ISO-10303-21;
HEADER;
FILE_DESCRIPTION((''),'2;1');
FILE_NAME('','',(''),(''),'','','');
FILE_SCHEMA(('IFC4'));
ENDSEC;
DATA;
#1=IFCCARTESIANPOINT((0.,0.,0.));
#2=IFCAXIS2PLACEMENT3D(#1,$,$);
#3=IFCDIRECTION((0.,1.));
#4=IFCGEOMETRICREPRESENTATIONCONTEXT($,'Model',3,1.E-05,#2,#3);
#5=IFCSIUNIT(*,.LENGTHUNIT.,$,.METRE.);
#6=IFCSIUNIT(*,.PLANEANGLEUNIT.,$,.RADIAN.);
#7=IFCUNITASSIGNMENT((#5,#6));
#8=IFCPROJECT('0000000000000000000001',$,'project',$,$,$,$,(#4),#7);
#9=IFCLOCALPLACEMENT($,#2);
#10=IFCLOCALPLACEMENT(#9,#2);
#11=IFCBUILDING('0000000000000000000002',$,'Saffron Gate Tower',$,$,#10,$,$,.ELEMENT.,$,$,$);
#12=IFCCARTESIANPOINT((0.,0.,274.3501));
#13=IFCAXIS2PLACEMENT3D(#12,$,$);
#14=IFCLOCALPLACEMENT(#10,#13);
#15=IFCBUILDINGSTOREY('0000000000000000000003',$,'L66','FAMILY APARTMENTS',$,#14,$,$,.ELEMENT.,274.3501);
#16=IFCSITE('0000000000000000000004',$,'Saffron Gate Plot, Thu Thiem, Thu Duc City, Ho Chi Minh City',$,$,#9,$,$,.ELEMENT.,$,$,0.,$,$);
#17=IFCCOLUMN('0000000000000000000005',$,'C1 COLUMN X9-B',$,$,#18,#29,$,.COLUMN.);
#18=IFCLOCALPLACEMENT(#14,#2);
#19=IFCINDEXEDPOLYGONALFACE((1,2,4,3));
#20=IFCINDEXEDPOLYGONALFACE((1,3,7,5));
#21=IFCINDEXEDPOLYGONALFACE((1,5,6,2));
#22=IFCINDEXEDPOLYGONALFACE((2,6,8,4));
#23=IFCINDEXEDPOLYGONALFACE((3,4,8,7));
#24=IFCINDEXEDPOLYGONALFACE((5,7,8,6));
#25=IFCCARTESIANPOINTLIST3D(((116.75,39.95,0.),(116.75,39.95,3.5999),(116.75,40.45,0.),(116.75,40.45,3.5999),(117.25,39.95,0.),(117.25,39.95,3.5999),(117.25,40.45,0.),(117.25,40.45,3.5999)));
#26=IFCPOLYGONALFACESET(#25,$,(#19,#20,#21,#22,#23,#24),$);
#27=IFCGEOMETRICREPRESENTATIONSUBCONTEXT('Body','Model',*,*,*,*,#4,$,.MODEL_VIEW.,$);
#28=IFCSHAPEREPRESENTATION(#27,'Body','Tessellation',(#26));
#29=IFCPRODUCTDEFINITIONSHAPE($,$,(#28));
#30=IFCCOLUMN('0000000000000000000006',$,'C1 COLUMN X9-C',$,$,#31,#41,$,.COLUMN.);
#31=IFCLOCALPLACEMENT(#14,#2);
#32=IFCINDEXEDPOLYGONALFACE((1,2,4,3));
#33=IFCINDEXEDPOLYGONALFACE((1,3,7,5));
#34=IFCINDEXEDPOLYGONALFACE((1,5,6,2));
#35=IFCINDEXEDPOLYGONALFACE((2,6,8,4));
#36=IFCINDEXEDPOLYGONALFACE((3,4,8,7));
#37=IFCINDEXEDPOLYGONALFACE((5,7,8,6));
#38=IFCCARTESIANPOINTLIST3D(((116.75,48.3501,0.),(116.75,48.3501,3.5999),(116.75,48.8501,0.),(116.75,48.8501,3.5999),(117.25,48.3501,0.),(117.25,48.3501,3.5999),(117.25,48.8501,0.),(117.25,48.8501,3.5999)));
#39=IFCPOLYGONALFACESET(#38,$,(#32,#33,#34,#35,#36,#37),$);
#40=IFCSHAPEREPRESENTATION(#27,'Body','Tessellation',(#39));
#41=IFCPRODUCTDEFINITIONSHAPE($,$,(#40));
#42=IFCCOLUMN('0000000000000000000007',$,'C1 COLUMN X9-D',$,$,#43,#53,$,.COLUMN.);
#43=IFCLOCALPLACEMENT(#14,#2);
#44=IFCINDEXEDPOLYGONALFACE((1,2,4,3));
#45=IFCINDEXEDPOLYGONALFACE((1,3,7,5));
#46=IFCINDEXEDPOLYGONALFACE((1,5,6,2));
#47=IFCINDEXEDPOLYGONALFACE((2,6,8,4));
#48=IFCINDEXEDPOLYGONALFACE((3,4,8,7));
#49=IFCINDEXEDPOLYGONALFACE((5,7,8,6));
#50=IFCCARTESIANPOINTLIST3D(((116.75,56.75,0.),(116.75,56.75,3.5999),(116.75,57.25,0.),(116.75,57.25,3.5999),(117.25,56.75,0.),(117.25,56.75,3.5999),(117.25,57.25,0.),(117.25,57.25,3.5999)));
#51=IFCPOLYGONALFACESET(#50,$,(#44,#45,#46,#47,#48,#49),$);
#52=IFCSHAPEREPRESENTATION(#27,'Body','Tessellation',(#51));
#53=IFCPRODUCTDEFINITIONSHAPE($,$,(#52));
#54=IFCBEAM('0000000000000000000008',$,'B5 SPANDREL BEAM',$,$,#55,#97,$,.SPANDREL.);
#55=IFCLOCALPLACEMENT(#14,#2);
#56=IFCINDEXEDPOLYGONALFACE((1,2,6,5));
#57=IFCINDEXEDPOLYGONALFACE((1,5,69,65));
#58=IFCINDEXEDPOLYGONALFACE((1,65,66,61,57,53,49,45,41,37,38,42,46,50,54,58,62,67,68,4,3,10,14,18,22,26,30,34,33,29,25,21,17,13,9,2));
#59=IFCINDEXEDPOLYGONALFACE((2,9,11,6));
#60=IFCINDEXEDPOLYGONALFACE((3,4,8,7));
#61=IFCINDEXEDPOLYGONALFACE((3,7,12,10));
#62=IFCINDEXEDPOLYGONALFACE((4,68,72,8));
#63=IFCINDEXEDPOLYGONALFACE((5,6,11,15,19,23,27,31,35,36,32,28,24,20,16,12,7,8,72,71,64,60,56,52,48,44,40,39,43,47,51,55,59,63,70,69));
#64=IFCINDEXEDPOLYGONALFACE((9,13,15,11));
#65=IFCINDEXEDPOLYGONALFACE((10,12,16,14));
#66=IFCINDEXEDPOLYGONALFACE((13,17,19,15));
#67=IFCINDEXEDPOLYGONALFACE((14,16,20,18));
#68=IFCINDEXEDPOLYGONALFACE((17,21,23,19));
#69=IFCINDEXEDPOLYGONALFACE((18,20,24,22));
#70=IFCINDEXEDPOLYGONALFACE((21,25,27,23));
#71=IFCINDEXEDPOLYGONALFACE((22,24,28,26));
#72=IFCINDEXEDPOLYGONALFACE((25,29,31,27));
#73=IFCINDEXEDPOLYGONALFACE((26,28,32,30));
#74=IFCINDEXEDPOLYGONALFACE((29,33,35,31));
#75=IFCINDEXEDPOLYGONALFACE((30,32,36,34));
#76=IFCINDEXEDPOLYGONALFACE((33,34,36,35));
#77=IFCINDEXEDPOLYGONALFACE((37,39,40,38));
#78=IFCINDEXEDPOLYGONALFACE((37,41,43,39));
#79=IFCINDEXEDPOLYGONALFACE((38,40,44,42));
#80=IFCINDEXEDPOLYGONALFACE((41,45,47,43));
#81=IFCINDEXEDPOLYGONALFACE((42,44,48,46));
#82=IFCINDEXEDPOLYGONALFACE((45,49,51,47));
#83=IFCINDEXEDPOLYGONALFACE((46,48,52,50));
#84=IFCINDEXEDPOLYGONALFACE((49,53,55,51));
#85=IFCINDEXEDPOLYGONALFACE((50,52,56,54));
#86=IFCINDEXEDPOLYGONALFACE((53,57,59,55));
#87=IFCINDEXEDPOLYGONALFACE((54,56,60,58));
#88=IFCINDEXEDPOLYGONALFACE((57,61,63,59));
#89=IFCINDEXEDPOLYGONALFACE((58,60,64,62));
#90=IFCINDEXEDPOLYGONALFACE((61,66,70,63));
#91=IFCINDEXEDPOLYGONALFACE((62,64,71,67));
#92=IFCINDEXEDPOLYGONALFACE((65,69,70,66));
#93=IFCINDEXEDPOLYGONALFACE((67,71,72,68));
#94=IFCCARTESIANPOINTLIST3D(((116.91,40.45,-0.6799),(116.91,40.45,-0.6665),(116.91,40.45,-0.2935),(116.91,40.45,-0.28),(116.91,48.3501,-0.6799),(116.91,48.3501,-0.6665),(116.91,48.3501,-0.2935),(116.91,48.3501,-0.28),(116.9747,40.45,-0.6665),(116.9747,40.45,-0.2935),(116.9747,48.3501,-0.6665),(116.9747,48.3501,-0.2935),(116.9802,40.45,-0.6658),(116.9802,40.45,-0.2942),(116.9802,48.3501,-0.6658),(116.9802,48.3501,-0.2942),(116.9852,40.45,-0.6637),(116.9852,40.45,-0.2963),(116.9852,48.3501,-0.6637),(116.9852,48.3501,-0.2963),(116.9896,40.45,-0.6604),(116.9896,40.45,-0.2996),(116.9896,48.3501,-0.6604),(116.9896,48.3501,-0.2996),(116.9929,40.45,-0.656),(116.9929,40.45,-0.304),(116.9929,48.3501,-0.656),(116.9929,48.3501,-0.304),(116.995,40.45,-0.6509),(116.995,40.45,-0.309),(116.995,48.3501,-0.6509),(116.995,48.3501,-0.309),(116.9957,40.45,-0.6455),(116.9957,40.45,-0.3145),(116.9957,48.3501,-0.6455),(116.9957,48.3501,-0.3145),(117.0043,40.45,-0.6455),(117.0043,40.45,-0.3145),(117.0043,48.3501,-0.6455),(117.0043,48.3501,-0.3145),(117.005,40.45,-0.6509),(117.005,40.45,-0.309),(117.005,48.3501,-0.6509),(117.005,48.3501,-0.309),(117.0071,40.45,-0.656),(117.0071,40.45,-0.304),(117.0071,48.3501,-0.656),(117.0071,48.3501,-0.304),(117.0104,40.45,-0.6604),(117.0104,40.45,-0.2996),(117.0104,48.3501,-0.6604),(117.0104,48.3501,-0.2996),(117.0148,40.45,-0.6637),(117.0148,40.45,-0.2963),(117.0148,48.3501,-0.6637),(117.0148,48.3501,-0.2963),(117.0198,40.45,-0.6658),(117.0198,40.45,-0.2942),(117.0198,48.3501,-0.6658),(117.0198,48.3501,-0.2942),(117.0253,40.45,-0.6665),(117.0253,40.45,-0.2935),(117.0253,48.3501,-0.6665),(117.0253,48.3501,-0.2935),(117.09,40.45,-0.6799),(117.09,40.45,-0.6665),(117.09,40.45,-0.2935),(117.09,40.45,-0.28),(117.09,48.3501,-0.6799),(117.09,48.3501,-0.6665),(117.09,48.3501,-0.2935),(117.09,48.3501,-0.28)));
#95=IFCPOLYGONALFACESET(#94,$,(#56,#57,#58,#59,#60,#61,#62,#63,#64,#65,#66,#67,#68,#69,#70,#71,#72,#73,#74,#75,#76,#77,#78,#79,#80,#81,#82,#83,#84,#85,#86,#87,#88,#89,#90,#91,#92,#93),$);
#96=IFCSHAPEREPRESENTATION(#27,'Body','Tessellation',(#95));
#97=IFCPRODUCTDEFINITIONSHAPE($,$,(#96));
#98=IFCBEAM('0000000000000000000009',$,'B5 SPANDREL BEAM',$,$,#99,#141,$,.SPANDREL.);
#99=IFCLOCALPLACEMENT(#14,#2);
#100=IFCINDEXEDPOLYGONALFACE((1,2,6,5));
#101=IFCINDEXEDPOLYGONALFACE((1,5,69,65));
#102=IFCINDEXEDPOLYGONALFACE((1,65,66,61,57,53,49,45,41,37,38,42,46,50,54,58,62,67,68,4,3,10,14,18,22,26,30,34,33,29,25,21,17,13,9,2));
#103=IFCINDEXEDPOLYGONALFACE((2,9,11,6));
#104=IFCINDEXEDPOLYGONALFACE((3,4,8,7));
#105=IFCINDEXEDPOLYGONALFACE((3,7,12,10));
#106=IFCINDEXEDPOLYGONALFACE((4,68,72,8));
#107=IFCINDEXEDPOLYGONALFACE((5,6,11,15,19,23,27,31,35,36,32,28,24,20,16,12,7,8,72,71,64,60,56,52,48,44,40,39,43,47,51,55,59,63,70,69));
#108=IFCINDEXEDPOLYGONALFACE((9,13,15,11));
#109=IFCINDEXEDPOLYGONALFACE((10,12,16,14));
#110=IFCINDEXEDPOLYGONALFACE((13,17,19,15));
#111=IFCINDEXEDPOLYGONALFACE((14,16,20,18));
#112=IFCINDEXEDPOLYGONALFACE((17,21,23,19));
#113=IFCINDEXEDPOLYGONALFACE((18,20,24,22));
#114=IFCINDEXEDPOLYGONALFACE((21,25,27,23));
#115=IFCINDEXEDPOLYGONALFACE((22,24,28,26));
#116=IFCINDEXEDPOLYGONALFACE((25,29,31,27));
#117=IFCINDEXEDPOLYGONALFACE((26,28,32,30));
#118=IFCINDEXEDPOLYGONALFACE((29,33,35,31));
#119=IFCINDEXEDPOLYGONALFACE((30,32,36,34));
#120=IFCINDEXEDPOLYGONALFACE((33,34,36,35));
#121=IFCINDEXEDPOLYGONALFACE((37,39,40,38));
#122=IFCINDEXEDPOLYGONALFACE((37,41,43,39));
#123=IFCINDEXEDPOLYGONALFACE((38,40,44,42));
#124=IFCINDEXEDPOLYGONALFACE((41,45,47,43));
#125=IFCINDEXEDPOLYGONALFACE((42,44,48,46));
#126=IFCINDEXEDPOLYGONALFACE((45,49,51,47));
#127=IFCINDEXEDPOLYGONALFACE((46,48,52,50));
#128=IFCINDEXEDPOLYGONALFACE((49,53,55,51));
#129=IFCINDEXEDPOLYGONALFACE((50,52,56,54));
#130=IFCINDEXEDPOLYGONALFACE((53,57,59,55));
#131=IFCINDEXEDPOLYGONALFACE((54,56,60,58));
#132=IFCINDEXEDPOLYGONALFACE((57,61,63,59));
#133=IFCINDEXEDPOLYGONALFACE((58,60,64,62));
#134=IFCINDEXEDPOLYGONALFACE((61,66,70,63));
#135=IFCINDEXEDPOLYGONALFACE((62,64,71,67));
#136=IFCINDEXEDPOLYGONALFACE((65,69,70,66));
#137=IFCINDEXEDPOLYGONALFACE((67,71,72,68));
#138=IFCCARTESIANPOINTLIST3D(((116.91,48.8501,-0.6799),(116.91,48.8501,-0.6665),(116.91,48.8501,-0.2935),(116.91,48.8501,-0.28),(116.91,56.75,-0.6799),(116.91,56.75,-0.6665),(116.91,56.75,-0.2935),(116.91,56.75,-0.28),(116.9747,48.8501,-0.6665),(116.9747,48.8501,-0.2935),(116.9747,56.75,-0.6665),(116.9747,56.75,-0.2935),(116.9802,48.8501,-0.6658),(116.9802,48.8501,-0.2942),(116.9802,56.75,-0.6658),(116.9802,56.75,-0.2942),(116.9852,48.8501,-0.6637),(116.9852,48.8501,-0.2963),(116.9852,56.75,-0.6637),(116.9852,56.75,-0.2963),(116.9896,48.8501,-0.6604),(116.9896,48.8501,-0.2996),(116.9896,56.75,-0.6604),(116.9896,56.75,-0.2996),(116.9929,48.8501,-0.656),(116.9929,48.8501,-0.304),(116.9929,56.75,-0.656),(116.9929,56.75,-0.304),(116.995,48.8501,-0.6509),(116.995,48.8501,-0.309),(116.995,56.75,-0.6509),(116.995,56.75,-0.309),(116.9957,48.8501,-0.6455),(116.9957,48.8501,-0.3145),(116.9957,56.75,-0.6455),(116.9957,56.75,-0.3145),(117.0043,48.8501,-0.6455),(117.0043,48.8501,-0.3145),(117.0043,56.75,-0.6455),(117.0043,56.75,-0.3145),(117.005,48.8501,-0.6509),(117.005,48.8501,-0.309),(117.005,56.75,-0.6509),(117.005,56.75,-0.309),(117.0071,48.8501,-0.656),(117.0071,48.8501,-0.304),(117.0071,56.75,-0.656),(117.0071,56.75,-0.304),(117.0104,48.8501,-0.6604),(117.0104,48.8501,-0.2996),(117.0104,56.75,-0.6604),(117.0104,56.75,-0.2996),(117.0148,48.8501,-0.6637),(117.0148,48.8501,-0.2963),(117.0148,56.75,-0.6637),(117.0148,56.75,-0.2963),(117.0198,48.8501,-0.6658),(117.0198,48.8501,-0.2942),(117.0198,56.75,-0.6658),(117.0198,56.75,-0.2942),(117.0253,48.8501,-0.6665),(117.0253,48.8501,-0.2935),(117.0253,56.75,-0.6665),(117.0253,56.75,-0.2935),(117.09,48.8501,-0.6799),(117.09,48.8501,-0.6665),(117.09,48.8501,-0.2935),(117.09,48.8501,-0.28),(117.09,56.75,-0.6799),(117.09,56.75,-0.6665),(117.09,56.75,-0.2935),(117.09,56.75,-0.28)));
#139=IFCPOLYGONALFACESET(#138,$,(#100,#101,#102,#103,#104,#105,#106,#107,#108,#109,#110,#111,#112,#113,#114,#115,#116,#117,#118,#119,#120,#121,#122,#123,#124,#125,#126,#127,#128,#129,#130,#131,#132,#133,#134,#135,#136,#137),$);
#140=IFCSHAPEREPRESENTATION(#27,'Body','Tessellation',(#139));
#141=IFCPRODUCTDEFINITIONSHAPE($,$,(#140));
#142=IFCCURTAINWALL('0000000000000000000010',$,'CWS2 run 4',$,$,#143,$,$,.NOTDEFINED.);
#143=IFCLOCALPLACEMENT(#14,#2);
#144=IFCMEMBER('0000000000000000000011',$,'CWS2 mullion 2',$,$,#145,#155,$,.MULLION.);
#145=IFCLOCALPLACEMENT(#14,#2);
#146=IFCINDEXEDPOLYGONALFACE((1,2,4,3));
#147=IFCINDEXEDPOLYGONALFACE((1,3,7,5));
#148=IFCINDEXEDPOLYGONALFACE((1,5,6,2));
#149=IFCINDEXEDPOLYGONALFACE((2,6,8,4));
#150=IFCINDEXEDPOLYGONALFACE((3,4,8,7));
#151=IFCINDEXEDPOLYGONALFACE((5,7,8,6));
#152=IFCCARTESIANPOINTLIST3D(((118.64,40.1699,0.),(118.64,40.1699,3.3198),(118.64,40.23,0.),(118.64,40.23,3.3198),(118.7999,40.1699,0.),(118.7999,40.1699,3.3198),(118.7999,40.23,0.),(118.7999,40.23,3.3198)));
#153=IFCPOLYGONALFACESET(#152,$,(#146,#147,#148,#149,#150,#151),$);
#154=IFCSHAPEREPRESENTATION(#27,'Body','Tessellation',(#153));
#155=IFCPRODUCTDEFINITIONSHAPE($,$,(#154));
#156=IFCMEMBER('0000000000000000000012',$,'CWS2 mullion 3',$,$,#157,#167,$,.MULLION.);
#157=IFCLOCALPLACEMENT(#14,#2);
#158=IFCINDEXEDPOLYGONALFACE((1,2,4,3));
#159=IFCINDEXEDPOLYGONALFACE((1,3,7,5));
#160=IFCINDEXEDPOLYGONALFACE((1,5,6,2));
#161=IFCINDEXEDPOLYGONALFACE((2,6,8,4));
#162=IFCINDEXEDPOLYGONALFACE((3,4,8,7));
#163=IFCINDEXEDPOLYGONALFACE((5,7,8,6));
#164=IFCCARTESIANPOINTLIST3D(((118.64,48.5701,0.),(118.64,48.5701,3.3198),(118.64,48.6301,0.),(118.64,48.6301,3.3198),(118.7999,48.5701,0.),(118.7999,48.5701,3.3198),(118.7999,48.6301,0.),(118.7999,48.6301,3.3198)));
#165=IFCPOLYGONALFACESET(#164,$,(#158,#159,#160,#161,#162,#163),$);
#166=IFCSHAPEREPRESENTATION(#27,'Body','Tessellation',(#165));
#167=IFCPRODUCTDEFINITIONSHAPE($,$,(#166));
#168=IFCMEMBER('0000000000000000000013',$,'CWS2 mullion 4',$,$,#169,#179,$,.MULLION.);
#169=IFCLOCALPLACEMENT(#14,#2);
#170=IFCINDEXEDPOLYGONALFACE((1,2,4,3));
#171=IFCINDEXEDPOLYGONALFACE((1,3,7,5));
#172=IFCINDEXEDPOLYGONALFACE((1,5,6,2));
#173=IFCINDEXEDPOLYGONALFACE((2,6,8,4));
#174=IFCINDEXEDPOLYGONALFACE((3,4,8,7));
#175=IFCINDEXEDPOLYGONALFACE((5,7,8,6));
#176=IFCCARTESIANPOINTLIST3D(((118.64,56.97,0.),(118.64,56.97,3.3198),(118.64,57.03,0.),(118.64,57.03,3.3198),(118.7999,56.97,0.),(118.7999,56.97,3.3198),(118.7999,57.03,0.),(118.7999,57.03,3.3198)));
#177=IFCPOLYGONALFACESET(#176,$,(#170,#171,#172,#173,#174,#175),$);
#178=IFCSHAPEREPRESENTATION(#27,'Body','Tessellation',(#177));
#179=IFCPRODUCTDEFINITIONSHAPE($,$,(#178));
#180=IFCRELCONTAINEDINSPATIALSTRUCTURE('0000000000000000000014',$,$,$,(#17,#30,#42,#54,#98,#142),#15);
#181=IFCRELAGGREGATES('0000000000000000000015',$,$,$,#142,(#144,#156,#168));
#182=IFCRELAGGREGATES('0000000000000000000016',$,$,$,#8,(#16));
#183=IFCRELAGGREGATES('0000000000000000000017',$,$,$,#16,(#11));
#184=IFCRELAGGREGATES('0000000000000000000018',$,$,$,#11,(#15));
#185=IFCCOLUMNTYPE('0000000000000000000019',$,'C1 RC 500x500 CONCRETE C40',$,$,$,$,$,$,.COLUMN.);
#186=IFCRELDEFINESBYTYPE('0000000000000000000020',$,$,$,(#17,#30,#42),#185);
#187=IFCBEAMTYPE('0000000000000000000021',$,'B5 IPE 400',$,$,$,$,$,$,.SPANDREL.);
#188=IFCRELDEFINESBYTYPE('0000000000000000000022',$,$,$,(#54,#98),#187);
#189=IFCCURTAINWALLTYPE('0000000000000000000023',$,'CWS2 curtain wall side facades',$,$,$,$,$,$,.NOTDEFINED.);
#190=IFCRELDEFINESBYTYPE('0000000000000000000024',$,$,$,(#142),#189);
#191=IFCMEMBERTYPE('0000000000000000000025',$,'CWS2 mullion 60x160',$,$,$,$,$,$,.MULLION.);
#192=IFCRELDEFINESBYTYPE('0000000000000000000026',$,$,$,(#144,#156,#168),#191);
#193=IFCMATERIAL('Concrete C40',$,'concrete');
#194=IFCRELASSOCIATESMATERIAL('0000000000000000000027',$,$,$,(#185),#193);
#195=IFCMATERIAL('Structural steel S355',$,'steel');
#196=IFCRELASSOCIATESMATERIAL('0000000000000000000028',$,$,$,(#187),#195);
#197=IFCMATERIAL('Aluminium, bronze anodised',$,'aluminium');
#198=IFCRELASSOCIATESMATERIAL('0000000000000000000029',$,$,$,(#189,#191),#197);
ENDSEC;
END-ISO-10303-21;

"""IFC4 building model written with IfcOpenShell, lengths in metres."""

from ifc_helpers import new_model, si_unit, direction, frame, origin, origin_2d, place, context, subcontext, project, spatial, rectangle, i_section, extrude, material, material_profile, profile_set, type_object, element, aggregate, save


model = new_model("IFC4")

# Units and contexts
model_context = context("Model", 3, precision=1e-05, world=origin(), true_north=direction((0.0, 1.0)))
body_context = subcontext(model_context, "Body", "Model", "MODEL_VIEW")
ifc_project = project(units=[si_unit("LENGTHUNIT", "METRE"), si_unit("PLANEANGLEUNIT", "RADIAN")], contexts=[model_context])

# Site, building, storey
site_placement = place(None, origin())
site = spatial("IfcSite", under=ifc_project, at=site_placement, Name="Saffron Gate Plot, Thu Thiem, Thu Duc City, Ho Chi Minh City", CompositionType="ELEMENT", RefElevation=0.0)
building_placement = place(site_placement, origin())
building = spatial("IfcBuilding", under=site, at=building_placement, Name="Saffron Gate Tower", CompositionType="ELEMENT")
storey_placement = place(building_placement, frame((0.0, 0.0, 274.3501)))
storey = spatial("IfcBuildingStorey", under=building, at=storey_placement, Name="L66", Description="FAMILY APARTMENTS", CompositionType="ELEMENT", Elevation=274.3501)

# Columns
ifc_material_1 = material(Name="Concrete C40", Category="concrete")
ifc_material_profile_1 = material_profile(ifc_material_1, rectangle(XDim=0.5, YDim=0.5, at=origin_2d()))
ifc_profile_set_1 = profile_set([ifc_material_profile_1], Name="Concrete C40")
column_type = type_object("IfcColumnType", Name="C1 RC 500x500 CONCRETE C40", PredefinedType="COLUMN", material=ifc_profile_set_1)
for number, where, z_axis, x_axis, name in (
    (1, (117.0, 40.2, 0.0), (0.0, 0.0, 1.0), (1.0, 0.0, 0.0), "C1 COLUMN X9-B"),
    (2, (117.0, 48.6001, 0.0), (0.0, 0.0, 1.0), (1.0, 0.0, 0.0), "C1 COLUMN X9-C"),
    (3, (117.0, 57.0, 0.0), (0.0, 0.0, 1.0), (1.0, 0.0, 0.0), "C1 COLUMN X9-D"),
):
    element("IfcColumn", number, at=place(storey_placement, frame(where, z_axis=z_axis, x_axis=x_axis)), inside=storey, type_object=column_type, Name=name, PredefinedType="COLUMN", context=body_context, shape_type="SweptSolid", body=[
        extrude(rectangle(XDim=0.5, YDim=0.5, at=origin_2d()), origin(), (0.0, 0.0, 1.0), 3.5999),
    ])

# Beams
ifc_material_2 = material(Name="Structural steel S355", Category="steel")
ifc_material_profile_2 = material_profile(ifc_material_2, i_section(OverallWidth=0.1799, OverallDepth=0.3999, WebThickness=0.0085, FlangeThickness=0.0134, FilletRadius=0.021, at=origin_2d()))
ifc_profile_set_2 = profile_set([ifc_material_profile_2], Name="Structural steel S355")
beam_type = type_object("IfcBeamType", Name="B5 IPE 400", PredefinedType="SPANDREL", material=ifc_profile_set_2)
beam_1_placement = place(storey_placement, frame((117.0, 40.45, -0.48), z_axis=(0.0, 1.0, 0.0), x_axis=(-1.0, 0.0, 0.0)))
element("IfcBeam", 4, at=beam_1_placement, inside=storey, type_object=beam_type, Name="B5 SPANDREL BEAM", PredefinedType="SPANDREL", context=body_context, shape_type="SweptSolid", body=[
    extrude(i_section(OverallWidth=0.1799, OverallDepth=0.3999, WebThickness=0.0085, FlangeThickness=0.0134, FilletRadius=0.021, at=origin_2d()), origin(), (0.0, 0.0, 1.0), 7.9001),
])
beam_2_placement = place(storey_placement, frame((117.0, 48.8501, -0.48), z_axis=(0.0, 1.0, 0.0), x_axis=(-1.0, 0.0, 0.0)))
element("IfcBeam", 5, at=beam_2_placement, inside=storey, type_object=beam_type, Name="B5 SPANDREL BEAM", PredefinedType="SPANDREL", context=body_context, shape_type="SweptSolid", body=[
    extrude(i_section(OverallWidth=0.1799, OverallDepth=0.3999, WebThickness=0.0085, FlangeThickness=0.0134, FilletRadius=0.021, at=origin_2d()), origin(), (0.0, 0.0, 1.0), 7.8999),
])

# Curtain wall, members
ifc_material_3 = material(Name="Aluminium, bronze anodised", Category="aluminium")
curtain_wall_type = type_object("IfcCurtainWallType", Name="CWS2 curtain wall side facades", PredefinedType="NOTDEFINED", material=ifc_material_3)
curtain_wall_placement = place(storey_placement, origin())
curtain_wall = element("IfcCurtainWall", 6, at=curtain_wall_placement, inside=storey, type_object=curtain_wall_type, Name="CWS2 run 4", PredefinedType="NOTDEFINED")
ifc_material_profile_3 = material_profile(ifc_material_3, rectangle(XDim=0.1599, YDim=0.0601, at=origin_2d()))
ifc_profile_set_3 = profile_set([ifc_material_profile_3], Name="Aluminium, bronze anodised")
member_type = type_object("IfcMemberType", Name="CWS2 mullion 60x160", PredefinedType="MULLION", material=ifc_profile_set_3)
member_1_placement = place(storey_placement, frame((118.72, 40.2, 0.0), z_axis=(0.0, 0.0, 1.0), x_axis=(-1.0, 0.0, 0.0)))
member_1 = element("IfcMember", 7, at=member_1_placement, type_object=member_type, Name="CWS2 mullion 2", PredefinedType="MULLION", context=body_context, shape_type="SweptSolid", body=[
    extrude(rectangle(XDim=0.1599, YDim=0.0601, at=origin_2d()), origin(), (0.0, 0.0, 1.0), 3.3198),
])
member_2_placement = place(storey_placement, frame((118.72, 48.6001, 0.0), z_axis=(0.0, 0.0, 1.0), x_axis=(-1.0, 0.0, 0.0)))
member_2 = element("IfcMember", 8, at=member_2_placement, type_object=member_type, Name="CWS2 mullion 3", PredefinedType="MULLION", context=body_context, shape_type="SweptSolid", body=[
    extrude(rectangle(XDim=0.1599, YDim=0.0601, at=origin_2d()), origin(), (0.0, 0.0, 1.0), 3.3198),
])
member_3_placement = place(storey_placement, frame((118.72, 57.0, 0.0), z_axis=(0.0, 0.0, 1.0), x_axis=(-1.0, 0.0, 0.0)))
member_3 = element("IfcMember", 9, at=member_3_placement, type_object=member_type, Name="CWS2 mullion 4", PredefinedType="MULLION", context=body_context, shape_type="SweptSolid", body=[
    extrude(rectangle(XDim=0.1599, YDim=0.0601, at=origin_2d()), origin(), (0.0, 0.0, 1.0), 3.3198),
])
aggregate(curtain_wall, [member_1, member_2, member_3])

save(model, "model.ifc")
